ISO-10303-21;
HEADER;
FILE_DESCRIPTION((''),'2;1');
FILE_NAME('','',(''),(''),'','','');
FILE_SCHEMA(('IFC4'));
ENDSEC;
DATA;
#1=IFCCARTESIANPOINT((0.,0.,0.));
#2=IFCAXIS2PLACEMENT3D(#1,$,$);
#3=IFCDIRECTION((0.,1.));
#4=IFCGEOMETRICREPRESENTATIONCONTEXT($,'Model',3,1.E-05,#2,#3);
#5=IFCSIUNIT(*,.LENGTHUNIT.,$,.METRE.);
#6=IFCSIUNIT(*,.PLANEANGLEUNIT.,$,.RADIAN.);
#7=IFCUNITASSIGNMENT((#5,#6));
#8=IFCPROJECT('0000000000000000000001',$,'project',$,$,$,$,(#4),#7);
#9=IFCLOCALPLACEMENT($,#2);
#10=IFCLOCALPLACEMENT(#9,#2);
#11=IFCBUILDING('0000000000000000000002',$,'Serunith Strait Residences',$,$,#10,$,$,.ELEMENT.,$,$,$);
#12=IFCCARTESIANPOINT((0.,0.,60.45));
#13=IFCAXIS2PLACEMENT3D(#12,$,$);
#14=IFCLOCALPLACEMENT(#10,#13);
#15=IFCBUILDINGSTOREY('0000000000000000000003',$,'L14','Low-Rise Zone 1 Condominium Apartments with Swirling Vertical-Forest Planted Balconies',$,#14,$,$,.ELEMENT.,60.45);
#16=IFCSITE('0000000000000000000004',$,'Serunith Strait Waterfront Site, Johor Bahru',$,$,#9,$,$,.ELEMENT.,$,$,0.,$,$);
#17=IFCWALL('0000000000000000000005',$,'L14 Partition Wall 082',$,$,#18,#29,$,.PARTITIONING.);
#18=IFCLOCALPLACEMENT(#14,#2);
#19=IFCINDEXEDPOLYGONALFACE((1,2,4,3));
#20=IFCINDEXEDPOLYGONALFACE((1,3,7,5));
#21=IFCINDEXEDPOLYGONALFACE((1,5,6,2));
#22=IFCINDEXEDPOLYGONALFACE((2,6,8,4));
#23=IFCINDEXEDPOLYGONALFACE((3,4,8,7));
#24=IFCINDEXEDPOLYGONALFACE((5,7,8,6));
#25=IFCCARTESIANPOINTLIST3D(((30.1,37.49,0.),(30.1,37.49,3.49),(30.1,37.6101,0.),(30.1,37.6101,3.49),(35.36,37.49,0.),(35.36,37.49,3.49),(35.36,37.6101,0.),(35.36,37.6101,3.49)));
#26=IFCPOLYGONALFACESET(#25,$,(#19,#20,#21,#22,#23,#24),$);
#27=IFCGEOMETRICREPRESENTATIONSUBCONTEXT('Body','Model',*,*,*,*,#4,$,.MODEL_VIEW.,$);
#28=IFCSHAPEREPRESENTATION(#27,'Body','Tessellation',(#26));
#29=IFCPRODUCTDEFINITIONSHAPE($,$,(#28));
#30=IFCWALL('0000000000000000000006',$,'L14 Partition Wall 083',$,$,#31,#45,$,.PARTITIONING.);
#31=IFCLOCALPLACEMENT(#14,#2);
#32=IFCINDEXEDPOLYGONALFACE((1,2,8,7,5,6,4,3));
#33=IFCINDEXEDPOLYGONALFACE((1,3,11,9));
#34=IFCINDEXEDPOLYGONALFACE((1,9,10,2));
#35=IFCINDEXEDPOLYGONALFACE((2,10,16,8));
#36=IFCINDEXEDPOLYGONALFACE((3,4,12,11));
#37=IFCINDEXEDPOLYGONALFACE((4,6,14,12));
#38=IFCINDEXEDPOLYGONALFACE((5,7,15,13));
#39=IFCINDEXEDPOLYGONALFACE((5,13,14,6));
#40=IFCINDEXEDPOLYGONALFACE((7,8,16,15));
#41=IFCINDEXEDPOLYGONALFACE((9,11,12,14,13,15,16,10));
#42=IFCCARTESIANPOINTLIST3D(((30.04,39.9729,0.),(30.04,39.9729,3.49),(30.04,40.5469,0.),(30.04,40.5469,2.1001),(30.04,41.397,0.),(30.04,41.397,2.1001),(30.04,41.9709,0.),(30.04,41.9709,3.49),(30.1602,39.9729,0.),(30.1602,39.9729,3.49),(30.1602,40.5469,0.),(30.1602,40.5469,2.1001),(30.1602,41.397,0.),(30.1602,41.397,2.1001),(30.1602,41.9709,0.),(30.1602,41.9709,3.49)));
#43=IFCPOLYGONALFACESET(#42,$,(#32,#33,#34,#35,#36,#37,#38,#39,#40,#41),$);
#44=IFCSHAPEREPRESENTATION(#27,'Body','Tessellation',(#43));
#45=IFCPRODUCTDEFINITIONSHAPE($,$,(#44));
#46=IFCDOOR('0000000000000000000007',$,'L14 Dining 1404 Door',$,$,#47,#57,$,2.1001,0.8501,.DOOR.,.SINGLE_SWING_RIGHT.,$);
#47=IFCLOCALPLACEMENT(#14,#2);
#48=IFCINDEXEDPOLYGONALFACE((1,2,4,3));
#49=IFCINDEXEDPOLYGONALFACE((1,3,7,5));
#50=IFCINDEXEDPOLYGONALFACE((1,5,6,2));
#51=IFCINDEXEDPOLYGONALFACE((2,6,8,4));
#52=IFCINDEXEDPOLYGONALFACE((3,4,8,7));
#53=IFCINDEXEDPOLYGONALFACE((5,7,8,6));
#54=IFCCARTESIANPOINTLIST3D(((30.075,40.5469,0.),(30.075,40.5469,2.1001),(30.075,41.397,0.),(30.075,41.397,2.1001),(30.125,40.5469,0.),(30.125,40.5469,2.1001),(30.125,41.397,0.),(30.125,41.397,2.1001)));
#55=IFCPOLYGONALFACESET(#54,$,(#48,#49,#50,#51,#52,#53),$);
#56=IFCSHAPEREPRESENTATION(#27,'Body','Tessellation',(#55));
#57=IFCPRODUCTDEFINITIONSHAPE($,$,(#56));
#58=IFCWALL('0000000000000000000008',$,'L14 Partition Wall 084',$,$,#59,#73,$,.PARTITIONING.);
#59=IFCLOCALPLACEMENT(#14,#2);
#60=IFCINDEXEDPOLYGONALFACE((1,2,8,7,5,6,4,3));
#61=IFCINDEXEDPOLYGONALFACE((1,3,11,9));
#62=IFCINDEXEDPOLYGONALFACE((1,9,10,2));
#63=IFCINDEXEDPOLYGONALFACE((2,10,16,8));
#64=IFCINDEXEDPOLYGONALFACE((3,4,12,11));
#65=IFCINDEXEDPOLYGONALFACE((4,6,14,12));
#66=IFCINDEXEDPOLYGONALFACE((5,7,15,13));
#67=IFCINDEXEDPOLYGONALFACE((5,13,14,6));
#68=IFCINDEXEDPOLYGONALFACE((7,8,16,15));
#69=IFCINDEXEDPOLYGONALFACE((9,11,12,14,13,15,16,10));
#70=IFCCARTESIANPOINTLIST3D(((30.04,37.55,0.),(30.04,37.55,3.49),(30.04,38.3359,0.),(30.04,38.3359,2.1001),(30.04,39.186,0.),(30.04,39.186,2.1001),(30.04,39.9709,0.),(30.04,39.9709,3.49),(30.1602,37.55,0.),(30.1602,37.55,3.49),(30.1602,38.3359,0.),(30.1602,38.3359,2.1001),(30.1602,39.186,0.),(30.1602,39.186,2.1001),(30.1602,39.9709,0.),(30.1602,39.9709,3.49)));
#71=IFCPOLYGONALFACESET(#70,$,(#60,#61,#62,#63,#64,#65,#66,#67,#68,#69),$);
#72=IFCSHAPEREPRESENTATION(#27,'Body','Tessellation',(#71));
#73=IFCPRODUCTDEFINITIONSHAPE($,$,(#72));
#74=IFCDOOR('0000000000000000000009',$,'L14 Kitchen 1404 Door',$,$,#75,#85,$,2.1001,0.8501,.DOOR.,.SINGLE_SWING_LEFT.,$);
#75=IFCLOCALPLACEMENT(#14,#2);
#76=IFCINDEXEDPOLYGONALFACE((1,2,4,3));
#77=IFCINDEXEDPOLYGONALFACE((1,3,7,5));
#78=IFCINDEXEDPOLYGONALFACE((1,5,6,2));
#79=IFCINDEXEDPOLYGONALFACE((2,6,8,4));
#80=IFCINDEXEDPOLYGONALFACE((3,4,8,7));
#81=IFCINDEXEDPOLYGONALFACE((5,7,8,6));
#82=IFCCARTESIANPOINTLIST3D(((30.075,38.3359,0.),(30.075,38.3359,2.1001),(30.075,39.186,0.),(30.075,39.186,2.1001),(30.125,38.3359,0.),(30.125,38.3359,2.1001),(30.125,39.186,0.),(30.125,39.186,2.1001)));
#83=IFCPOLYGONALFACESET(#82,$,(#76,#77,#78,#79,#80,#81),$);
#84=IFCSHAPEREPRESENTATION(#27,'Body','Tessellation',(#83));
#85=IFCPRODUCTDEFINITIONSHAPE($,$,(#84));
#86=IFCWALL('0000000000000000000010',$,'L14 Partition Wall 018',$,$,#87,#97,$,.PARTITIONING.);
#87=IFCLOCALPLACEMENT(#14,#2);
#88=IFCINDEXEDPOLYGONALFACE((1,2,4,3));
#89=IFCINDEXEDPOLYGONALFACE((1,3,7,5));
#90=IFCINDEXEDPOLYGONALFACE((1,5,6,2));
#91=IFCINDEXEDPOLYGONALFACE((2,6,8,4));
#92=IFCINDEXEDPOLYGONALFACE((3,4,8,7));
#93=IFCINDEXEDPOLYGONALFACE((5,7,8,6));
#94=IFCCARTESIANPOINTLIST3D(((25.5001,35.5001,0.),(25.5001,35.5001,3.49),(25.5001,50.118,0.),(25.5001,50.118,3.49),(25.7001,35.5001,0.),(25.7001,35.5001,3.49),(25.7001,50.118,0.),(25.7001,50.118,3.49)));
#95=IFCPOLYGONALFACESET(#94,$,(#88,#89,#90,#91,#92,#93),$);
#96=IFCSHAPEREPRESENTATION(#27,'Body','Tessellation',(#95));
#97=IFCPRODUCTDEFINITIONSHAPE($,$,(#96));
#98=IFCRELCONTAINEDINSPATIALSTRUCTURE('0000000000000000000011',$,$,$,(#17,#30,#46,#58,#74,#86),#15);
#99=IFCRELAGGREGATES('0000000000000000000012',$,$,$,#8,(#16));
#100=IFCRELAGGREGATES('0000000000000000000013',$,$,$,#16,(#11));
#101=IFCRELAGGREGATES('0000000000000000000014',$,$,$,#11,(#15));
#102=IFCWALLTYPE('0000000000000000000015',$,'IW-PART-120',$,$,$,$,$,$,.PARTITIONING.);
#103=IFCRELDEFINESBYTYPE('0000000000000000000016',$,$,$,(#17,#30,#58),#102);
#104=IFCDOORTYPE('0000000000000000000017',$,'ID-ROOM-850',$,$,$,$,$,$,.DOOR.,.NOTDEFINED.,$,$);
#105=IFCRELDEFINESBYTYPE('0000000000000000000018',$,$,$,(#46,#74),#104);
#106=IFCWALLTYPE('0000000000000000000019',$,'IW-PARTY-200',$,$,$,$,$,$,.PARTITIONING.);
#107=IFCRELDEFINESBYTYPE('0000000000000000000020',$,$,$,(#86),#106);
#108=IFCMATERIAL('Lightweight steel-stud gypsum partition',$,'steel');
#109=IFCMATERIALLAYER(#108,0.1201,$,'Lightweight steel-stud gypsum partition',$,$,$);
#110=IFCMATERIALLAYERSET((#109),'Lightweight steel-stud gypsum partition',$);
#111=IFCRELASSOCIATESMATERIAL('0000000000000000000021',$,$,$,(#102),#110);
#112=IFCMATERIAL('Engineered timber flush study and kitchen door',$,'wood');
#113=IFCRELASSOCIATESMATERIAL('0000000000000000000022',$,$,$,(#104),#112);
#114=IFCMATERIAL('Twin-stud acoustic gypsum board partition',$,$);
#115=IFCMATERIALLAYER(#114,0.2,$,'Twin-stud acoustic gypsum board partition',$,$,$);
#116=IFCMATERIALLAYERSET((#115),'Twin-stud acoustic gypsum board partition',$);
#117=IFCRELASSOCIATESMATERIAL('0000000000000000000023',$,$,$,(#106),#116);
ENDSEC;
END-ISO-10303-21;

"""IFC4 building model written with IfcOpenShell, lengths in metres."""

from ifc_helpers import new_model, si_unit, direction, frame, frame_2d, origin, place, context, subcontext, project, spatial, rectangle, extrude, source, transform, mapped, material, layer, layer_set, type_object, element, fill, save


model = new_model("IFC4")

# Units and contexts
model_context = context("Model", 3, precision=1e-05, world=origin(), true_north=direction((0.0, 1.0)))
body_context = subcontext(model_context, "Body", "Model", "MODEL_VIEW")
ifc_project = project(units=[si_unit("LENGTHUNIT", "METRE"), si_unit("PLANEANGLEUNIT", "RADIAN")], contexts=[model_context])

# Site, building, storey
site_placement = place(None, origin())
site = spatial("IfcSite", under=ifc_project, at=site_placement, Name="Serunith Strait Waterfront Site, Johor Bahru", CompositionType="ELEMENT", RefElevation=0.0)
building_placement = place(site_placement, origin())
building = spatial("IfcBuilding", under=site, at=building_placement, Name="Serunith Strait Residences", CompositionType="ELEMENT")
storey_placement = place(building_placement, frame((0.0, 0.0, 60.45)))
storey = spatial("IfcBuildingStorey", under=building, at=storey_placement, Name="L14", Description="Low-Rise Zone 1 Condominium Apartments with Swirling Vertical-Forest Planted Balconies", CompositionType="ELEMENT", Elevation=60.45)

# Shared definitions
ifc_material_1 = material(Name="Lightweight steel-stud gypsum partition", Category="steel")
ifc_layer_1 = layer(ifc_material_1, 0.1201, Name="Lightweight steel-stud gypsum partition")
ifc_layer_set_1 = layer_set([ifc_layer_1], Name="Lightweight steel-stud gypsum partition")
wall_type_1 = type_object("IfcWallType", Name="IW-PART-120", PredefinedType="PARTITIONING", material=ifc_layer_set_1)
ifc_material_2 = material(Name="Engineered timber flush study and kitchen door", Category="wood")
door_type_1 = type_object("IfcDoorType", Name="ID-ROOM-850", OperationType="NOTDEFINED", PredefinedType="DOOR", material=ifc_material_2)
shared_shape_1 = source(origin(), body_context, "Body", "SweptSolid", [
    extrude(rectangle(XDim=0.8501, YDim=2.1001, at=frame_2d((0.425, 1.05))), frame((0.0, 0.0249, 0.0), z_axis=(0.0, -1.0, 0.0), x_axis=(1.0, 0.0, 0.0)), (0.0, 0.0, 1.0), 0.05),
])

# Wall
for number, where, z_axis, x_axis, name in (
    (1, (30.1001, 37.55, 0.0), (0.0, 0.0, 1.0), (1.0, 0.0, 0.0), "L14 Partition Wall 082"),
):
    element("IfcWall", number, at=place(storey_placement, frame(where, z_axis=z_axis, x_axis=x_axis)), inside=storey, type_object=wall_type_1, Name=name, PredefinedType="PARTITIONING", context=body_context, shape_type="SweptSolid", body=[
        extrude(rectangle(XDim=5.26, YDim=0.1201, at=frame_2d((2.6299, 0.0))), origin(), (0.0, 0.0, 1.0), 3.49),
    ])

# Walls, openings, doors
wall_1_placement = place(storey_placement, frame((30.1001, 41.9709, 0.0), z_axis=(0.0, 0.0, 1.0), x_axis=(0.0, -1.0, 0.0)))
wall_1 = element("IfcWall", 2, at=wall_1_placement, inside=storey, type_object=wall_type_1, Name="L14 Partition Wall 083", PredefinedType="PARTITIONING", context=body_context, shape_type="SweptSolid", body=[
    extrude(rectangle(XDim=1.998, YDim=0.1201, at=frame_2d((0.999, 0.0))), origin(), (0.0, 0.0, 1.0), 3.49),
])
opening_1_placement = place(wall_1_placement, frame((0.574, 0.0, 0.0)))
opening_1 = element("IfcOpeningElement", 3, at=opening_1_placement, cuts=wall_1, PredefinedType="OPENING", context=body_context, shape_type="SweptSolid", body=[
    extrude(rectangle(XDim=0.8501, YDim=2.1001, at=frame_2d((0.425, 1.05))), frame((0.0, 0.0701, 0.0), z_axis=(0.0, -1.0, 0.0), x_axis=(1.0, 0.0, 0.0)), (0.0, 0.0, 1.0), 0.1401),
])
door_1_placement = place(opening_1_placement, origin())
door_1 = element("IfcDoor", 4, at=door_1_placement, inside=storey, type_object=door_type_1, Name="L14 Dining 1404 Door", OperationType="SINGLE_SWING_RIGHT", OverallHeight=2.1001, OverallWidth=0.8501, PredefinedType="DOOR", context=body_context, shape_type="MappedRepresentation", body=[
    mapped(shared_shape_1, transform((0.0, 0.0, 0.0), scale=1.0)),
])
fill(opening_1, door_1)
wall_2_placement = place(storey_placement, frame((30.1001, 39.9709, 0.0), z_axis=(0.0, 0.0, 1.0), x_axis=(0.0, -1.0, 0.0)))
wall_2 = element("IfcWall", 5, at=wall_2_placement, inside=storey, type_object=wall_type_1, Name="L14 Partition Wall 084", PredefinedType="PARTITIONING", context=body_context, shape_type="SweptSolid", body=[
    extrude(rectangle(XDim=2.4209, YDim=0.1201, at=frame_2d((1.2104, 0.0))), origin(), (0.0, 0.0, 1.0), 3.49),
])
opening_2_placement = place(wall_2_placement, frame((0.7849, 0.0, 0.0)))
opening_2 = element("IfcOpeningElement", 6, at=opening_2_placement, cuts=wall_2, PredefinedType="OPENING", context=body_context, shape_type="SweptSolid", body=[
    extrude(rectangle(XDim=0.8501, YDim=2.1001, at=frame_2d((0.425, 1.05))), frame((0.0, 0.0701, 0.0), z_axis=(0.0, -1.0, 0.0), x_axis=(1.0, 0.0, 0.0)), (0.0, 0.0, 1.0), 0.1401),
])
door_2_placement = place(opening_2_placement, origin())
door_2 = element("IfcDoor", 7, at=door_2_placement, inside=storey, type_object=door_type_1, Name="L14 Kitchen 1404 Door", OperationType="SINGLE_SWING_LEFT", OverallHeight=2.1001, OverallWidth=0.8501, PredefinedType="DOOR", context=body_context, shape_type="MappedRepresentation", body=[
    mapped(shared_shape_1, transform((0.0, 0.0, 0.0), scale=1.0)),
])
fill(opening_2, door_2)

# Wall
ifc_material_3 = material(Name="Twin-stud acoustic gypsum board partition")
ifc_layer_2 = layer(ifc_material_3, 0.2, Name="Twin-stud acoustic gypsum board partition")
ifc_layer_set_2 = layer_set([ifc_layer_2], Name="Twin-stud acoustic gypsum board partition")
wall_type_2 = type_object("IfcWallType", Name="IW-PARTY-200", PredefinedType="PARTITIONING", material=ifc_layer_set_2)
wall_3_placement = place(storey_placement, frame((25.6001, 35.5, 0.0), z_axis=(0.0, 0.0, 1.0), x_axis=(0.0, 1.0, 0.0)))
element("IfcWall", 8, at=wall_3_placement, inside=storey, type_object=wall_type_2, Name="L14 Partition Wall 018", PredefinedType="PARTITIONING", context=body_context, shape_type="SweptSolid", body=[
    extrude(rectangle(XDim=14.6179, YDim=0.2, at=frame_2d((7.3091, 0.0))), origin(), (0.0, 0.0, 1.0), 3.49),
])

save(model, "model.ifc")
